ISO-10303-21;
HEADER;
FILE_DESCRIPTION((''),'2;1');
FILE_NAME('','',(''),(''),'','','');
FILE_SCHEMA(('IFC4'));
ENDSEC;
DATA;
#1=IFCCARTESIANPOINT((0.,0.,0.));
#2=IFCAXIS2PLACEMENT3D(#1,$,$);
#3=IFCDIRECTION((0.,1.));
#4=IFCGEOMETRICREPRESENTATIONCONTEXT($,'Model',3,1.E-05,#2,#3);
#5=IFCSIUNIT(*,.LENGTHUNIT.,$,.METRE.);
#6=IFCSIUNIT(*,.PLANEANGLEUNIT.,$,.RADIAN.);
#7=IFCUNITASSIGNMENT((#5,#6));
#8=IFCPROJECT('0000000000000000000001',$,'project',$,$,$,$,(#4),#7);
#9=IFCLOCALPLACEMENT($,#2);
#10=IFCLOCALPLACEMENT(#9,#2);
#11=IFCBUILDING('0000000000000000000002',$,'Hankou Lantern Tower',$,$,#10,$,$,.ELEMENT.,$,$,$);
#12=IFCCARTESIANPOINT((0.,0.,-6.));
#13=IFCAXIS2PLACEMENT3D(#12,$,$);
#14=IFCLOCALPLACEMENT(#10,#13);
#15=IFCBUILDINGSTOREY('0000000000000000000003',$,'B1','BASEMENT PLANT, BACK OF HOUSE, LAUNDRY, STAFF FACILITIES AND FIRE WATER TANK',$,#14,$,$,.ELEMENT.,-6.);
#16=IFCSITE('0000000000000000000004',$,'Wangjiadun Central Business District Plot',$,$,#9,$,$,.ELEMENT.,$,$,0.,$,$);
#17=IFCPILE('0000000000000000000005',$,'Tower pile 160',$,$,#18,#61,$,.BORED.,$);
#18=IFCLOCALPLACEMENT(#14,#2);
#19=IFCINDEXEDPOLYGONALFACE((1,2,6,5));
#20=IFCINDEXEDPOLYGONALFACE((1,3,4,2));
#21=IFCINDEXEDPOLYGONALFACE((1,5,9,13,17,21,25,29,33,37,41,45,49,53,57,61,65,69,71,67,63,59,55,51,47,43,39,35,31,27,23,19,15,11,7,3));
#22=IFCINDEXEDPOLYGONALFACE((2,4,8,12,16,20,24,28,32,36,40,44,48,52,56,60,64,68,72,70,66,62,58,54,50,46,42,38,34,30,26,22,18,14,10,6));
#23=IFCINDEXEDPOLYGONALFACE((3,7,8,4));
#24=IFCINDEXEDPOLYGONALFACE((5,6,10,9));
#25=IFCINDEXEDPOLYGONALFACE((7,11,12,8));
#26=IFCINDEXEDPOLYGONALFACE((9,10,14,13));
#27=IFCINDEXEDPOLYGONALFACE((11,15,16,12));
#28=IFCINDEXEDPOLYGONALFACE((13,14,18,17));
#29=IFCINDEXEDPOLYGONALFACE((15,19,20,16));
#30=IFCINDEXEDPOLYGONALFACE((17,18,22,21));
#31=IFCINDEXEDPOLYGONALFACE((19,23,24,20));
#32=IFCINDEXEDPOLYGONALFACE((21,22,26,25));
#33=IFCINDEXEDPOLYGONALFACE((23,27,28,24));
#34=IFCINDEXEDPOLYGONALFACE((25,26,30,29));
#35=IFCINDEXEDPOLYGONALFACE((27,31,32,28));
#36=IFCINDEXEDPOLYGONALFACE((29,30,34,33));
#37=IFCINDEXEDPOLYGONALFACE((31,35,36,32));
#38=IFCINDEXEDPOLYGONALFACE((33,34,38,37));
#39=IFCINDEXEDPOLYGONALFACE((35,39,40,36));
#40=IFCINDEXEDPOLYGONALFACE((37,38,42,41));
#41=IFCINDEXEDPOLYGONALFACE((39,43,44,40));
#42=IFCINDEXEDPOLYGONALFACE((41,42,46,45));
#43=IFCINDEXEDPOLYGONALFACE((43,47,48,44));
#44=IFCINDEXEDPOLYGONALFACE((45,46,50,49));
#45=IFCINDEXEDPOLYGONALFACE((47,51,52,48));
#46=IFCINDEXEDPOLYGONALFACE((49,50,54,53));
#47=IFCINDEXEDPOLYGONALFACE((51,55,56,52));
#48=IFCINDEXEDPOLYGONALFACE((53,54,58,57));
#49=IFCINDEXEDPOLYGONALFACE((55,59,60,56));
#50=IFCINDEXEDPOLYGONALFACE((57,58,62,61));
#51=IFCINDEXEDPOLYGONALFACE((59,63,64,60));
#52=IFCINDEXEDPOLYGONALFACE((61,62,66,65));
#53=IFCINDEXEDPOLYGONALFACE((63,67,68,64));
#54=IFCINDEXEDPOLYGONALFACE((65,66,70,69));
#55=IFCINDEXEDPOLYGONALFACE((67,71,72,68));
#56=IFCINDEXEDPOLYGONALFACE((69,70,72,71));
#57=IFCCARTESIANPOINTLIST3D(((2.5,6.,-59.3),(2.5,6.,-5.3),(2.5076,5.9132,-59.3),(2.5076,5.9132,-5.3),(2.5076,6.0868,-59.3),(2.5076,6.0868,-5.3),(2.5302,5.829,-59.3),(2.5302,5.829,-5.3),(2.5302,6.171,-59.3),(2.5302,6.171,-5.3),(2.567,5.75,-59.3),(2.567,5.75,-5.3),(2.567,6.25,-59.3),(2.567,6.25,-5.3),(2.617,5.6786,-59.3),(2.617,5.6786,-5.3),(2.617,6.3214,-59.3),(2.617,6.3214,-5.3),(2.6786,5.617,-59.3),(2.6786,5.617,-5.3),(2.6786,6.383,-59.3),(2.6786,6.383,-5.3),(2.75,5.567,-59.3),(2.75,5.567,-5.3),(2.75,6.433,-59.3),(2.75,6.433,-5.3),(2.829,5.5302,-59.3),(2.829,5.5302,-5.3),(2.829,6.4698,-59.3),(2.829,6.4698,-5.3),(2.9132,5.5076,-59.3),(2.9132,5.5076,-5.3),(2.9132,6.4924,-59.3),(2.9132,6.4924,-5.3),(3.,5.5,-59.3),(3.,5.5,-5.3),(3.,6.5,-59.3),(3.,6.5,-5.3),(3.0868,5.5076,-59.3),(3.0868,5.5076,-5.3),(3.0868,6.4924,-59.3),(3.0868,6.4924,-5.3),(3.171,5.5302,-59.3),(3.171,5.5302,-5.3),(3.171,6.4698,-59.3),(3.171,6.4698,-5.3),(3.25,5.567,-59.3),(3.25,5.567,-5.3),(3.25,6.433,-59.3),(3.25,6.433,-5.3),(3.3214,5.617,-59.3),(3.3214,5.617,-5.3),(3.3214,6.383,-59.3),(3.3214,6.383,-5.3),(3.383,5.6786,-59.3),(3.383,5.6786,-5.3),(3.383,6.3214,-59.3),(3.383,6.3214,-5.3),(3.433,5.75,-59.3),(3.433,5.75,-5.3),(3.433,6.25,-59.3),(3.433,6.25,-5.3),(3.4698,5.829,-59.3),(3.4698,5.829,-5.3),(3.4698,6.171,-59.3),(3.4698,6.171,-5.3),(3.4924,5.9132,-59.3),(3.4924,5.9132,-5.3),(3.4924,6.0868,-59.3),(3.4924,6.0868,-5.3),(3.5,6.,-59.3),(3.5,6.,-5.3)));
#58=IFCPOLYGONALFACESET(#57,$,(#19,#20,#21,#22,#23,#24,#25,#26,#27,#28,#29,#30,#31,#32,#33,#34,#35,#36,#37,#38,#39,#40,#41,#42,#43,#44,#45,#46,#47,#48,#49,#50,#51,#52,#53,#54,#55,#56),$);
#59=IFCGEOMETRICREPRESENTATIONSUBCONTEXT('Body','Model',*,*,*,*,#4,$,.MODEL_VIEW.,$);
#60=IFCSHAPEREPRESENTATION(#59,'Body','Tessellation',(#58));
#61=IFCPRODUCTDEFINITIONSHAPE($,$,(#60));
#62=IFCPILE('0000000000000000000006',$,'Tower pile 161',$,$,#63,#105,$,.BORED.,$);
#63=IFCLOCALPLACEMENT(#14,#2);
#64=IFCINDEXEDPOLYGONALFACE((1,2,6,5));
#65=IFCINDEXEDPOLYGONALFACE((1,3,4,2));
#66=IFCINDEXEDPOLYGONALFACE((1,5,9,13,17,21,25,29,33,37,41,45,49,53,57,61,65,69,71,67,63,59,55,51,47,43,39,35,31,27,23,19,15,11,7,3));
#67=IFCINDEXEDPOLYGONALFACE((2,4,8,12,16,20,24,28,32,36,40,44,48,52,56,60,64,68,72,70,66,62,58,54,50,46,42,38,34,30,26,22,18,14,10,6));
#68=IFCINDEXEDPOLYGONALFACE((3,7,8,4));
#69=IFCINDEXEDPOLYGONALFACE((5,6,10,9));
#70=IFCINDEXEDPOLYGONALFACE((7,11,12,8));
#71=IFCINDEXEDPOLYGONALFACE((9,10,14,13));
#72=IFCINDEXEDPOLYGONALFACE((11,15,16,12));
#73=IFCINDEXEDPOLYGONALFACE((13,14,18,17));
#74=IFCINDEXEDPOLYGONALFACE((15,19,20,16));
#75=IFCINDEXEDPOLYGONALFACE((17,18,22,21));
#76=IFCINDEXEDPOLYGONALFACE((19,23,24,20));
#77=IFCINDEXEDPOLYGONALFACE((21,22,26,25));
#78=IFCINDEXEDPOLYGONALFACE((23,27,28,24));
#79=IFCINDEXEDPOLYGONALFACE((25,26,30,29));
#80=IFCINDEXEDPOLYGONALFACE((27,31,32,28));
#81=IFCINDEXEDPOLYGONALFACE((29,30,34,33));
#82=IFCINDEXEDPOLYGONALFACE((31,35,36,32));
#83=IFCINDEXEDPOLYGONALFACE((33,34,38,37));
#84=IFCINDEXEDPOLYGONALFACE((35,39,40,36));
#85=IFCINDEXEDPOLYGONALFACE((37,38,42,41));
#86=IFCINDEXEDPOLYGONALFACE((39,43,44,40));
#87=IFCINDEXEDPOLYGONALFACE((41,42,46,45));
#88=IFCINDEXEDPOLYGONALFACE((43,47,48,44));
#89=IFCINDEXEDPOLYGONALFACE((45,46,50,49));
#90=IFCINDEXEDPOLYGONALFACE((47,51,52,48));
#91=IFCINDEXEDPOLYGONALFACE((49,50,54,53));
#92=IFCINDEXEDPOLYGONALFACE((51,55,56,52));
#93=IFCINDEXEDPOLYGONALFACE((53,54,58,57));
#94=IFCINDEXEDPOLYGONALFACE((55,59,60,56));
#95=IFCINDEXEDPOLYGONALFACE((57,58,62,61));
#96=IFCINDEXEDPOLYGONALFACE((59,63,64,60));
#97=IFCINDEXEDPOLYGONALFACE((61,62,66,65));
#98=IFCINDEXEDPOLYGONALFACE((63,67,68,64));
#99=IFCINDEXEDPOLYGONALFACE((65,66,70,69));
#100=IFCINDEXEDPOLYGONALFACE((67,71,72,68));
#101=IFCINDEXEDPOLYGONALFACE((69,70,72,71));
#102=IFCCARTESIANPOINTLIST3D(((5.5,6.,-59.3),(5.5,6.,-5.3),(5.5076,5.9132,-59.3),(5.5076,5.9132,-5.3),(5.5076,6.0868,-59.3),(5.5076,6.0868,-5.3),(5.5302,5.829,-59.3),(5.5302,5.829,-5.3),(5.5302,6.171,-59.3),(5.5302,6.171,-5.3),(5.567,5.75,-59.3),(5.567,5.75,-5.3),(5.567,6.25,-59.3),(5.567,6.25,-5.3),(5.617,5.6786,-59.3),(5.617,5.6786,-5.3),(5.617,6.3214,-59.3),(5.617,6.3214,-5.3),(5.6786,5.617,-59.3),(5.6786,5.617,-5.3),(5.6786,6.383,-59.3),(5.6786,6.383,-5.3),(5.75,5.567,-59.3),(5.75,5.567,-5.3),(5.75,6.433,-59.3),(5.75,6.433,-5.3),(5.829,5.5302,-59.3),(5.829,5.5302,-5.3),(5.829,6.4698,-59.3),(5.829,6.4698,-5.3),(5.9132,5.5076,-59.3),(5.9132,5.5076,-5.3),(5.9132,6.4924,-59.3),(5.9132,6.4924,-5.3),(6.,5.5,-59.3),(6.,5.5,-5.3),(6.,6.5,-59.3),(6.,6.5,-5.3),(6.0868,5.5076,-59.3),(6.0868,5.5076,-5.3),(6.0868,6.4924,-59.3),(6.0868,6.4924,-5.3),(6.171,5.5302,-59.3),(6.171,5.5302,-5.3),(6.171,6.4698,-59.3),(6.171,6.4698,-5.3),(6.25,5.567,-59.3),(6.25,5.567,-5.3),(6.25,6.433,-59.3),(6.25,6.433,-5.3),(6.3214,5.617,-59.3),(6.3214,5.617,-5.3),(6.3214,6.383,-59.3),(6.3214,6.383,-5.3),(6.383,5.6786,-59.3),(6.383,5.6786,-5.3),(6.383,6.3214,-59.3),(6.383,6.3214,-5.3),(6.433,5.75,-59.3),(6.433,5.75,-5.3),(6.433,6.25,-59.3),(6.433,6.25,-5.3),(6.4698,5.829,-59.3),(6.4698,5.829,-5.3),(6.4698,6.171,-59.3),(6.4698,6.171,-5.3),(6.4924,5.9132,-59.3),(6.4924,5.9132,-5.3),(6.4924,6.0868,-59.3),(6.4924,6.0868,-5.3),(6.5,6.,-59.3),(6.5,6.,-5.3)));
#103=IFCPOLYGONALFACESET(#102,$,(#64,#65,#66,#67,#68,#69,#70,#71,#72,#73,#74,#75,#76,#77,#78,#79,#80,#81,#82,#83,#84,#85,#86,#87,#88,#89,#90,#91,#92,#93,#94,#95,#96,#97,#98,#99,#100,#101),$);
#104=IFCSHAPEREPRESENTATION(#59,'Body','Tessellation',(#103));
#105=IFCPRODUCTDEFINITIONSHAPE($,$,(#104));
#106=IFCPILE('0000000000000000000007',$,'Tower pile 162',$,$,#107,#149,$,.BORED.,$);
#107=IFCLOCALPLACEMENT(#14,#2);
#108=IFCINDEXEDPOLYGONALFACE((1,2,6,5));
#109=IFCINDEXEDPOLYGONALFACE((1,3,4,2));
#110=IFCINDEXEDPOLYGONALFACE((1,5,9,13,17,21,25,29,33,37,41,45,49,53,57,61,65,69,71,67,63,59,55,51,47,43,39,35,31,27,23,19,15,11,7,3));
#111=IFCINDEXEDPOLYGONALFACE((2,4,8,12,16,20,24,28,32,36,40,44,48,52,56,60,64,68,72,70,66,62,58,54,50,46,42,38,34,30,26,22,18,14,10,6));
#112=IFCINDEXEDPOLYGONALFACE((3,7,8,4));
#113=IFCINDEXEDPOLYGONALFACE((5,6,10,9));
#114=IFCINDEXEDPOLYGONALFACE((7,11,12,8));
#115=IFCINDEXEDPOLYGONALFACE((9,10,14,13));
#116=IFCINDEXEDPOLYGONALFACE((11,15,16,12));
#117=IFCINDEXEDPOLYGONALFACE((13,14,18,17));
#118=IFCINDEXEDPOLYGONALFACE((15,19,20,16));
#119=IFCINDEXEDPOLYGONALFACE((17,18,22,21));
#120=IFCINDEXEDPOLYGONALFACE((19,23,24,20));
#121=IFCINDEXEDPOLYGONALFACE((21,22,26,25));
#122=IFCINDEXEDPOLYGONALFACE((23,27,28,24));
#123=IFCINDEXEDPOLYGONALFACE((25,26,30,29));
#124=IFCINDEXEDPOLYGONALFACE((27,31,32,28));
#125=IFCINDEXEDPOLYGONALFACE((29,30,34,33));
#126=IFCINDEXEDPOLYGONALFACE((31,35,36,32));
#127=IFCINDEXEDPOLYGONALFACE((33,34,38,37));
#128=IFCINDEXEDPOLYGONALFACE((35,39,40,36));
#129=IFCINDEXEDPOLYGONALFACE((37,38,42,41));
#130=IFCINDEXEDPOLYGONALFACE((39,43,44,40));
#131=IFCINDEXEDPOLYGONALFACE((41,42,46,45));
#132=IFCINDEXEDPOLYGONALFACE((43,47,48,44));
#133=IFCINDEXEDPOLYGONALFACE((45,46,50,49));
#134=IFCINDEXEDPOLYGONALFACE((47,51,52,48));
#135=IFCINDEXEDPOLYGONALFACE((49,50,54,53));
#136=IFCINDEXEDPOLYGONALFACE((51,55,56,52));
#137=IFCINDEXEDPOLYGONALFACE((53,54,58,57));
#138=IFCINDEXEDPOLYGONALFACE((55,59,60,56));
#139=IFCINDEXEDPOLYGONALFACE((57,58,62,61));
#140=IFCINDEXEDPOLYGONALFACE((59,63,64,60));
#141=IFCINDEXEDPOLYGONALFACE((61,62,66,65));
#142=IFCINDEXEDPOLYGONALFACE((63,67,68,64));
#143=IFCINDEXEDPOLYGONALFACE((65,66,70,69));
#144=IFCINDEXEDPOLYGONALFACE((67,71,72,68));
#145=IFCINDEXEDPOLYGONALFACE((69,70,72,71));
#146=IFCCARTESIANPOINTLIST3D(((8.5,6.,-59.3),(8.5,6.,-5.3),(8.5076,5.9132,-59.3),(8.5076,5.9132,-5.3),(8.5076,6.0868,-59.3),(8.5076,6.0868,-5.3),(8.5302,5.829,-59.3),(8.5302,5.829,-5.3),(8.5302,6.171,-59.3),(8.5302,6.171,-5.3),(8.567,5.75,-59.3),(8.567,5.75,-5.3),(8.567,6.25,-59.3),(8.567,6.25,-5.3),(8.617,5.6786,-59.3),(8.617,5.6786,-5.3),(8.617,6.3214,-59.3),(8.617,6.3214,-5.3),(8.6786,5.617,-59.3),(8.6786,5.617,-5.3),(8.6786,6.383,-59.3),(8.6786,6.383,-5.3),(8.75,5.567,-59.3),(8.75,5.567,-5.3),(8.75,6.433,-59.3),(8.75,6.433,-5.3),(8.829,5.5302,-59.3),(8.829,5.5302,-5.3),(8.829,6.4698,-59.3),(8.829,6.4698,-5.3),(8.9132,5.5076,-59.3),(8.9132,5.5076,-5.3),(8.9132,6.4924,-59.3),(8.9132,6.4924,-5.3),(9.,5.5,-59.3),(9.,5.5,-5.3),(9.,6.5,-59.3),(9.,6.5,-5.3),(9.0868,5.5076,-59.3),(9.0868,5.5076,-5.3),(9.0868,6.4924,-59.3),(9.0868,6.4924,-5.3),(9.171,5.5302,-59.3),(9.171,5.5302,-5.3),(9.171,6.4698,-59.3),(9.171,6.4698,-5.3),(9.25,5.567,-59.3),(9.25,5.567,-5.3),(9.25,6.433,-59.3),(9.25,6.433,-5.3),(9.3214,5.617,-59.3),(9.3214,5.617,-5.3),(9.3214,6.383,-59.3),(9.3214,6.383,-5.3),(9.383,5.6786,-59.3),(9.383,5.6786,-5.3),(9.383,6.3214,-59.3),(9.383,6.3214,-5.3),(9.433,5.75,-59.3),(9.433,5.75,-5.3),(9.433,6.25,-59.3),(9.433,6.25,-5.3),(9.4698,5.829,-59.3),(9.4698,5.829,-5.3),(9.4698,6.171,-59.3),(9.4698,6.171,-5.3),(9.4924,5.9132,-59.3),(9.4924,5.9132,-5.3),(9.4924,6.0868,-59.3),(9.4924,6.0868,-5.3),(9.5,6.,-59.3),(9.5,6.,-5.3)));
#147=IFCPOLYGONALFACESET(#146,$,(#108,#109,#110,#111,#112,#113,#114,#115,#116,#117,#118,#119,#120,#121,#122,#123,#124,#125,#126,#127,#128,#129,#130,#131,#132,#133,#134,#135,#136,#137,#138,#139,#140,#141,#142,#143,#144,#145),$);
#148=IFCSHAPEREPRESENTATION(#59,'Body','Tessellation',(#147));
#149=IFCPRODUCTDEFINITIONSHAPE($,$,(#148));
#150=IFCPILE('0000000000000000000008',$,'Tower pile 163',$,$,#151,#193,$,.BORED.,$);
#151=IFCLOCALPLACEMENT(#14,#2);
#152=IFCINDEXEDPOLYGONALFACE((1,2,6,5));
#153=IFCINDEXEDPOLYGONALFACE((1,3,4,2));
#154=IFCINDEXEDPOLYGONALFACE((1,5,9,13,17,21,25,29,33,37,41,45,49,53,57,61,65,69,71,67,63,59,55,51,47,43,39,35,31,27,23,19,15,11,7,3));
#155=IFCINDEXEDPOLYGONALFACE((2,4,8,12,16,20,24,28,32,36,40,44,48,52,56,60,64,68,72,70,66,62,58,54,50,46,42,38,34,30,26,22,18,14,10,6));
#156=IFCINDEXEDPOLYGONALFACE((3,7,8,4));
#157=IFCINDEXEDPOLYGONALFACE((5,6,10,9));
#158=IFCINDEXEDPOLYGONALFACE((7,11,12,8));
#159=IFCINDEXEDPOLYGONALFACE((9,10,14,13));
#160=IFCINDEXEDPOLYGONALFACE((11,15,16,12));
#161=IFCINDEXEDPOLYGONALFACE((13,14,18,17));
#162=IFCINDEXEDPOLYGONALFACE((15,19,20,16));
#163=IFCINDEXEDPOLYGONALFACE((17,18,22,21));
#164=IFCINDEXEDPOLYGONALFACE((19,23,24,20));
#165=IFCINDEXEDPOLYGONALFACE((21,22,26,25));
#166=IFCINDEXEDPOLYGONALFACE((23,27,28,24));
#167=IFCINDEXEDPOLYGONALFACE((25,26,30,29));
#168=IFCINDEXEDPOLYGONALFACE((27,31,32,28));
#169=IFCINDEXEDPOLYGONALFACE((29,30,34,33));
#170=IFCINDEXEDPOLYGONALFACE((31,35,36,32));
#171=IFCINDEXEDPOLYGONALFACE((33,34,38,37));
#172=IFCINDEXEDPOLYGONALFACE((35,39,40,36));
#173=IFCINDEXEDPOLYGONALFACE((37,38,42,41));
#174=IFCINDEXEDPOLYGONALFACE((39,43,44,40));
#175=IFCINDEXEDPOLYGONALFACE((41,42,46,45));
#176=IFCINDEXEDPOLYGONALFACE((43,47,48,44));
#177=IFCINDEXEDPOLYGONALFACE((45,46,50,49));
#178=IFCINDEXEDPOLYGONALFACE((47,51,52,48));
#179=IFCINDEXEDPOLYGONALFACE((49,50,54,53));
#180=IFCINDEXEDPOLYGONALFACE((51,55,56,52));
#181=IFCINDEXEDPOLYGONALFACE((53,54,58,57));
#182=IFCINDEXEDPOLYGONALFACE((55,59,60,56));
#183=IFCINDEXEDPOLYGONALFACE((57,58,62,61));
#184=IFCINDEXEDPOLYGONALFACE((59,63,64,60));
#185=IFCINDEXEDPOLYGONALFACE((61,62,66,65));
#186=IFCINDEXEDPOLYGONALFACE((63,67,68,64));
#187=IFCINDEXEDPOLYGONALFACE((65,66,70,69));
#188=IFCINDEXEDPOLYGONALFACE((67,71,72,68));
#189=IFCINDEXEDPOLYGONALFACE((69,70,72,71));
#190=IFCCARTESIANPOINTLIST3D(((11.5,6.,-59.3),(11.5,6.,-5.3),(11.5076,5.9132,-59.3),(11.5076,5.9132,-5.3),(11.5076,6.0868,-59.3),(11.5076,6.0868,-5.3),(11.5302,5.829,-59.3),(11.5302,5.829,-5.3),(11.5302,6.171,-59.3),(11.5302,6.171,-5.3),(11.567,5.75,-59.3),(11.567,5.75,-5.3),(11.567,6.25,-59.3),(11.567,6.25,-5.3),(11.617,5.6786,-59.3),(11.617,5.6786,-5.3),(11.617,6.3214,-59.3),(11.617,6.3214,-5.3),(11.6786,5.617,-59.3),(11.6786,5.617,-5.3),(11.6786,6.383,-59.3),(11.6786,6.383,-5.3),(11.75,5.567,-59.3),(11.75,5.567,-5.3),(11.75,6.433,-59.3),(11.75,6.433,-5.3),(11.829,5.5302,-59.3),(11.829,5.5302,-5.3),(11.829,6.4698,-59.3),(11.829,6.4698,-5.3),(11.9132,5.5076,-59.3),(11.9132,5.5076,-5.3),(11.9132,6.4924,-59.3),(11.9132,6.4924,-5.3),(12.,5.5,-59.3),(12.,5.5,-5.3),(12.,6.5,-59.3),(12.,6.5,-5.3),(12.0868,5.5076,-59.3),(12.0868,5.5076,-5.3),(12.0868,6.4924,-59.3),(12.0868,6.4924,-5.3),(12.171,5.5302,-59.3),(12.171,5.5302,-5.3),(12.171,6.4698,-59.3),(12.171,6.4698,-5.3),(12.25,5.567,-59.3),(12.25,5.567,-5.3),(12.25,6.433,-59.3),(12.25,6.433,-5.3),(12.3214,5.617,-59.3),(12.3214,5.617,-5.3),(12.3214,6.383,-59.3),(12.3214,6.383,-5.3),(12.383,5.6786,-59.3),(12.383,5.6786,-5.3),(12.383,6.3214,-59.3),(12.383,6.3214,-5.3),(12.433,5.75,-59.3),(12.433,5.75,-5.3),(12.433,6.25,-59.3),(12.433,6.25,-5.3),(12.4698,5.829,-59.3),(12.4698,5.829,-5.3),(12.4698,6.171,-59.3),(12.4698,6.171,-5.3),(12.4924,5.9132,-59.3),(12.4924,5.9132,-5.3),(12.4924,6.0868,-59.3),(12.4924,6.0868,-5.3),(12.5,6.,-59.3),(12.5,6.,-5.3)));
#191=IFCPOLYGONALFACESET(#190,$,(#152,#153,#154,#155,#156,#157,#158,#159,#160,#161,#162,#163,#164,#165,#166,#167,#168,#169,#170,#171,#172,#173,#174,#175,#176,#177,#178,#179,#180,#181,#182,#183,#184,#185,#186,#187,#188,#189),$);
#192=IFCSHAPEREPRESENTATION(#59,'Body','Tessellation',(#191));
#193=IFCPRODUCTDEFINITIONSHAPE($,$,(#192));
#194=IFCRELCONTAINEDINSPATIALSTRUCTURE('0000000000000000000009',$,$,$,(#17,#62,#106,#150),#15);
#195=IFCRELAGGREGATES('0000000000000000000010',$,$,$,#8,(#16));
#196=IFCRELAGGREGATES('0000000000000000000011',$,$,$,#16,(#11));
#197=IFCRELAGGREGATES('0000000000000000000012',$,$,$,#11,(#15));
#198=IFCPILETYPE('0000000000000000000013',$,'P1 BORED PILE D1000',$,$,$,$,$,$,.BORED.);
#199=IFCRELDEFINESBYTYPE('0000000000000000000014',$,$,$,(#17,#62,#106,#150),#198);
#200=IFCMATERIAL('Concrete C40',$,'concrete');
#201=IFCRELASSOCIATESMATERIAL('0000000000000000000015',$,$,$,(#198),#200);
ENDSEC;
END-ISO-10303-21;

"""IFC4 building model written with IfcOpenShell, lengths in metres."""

from ifc_helpers import new_model, si_unit, direction, frame, origin, origin_2d, place, context, subcontext, project, spatial, circle, extrude, material, material_profile, profile_set, type_object, element, save


model = new_model("IFC4")

# Units and contexts
model_context = context("Model", 3, precision=1e-05, world=origin(), true_north=direction((0.0, 1.0)))
body_context = subcontext(model_context, "Body", "Model", "MODEL_VIEW")
ifc_project = project(units=[si_unit("LENGTHUNIT", "METRE"), si_unit("PLANEANGLEUNIT", "RADIAN")], contexts=[model_context])

# Site, building, storey
site_placement = place(None, origin())
site = spatial("IfcSite", under=ifc_project, at=site_placement, Name="Wangjiadun Central Business District Plot", CompositionType="ELEMENT", RefElevation=0.0)
building_placement = place(site_placement, origin())
building = spatial("IfcBuilding", under=site, at=building_placement, Name="Hankou Lantern Tower", CompositionType="ELEMENT")
storey_placement = place(building_placement, frame((0.0, 0.0, -6.0)))
storey = spatial("IfcBuildingStorey", under=building, at=storey_placement, Name="B1", Description="BASEMENT PLANT, BACK OF HOUSE, LAUNDRY, STAFF FACILITIES AND FIRE WATER TANK", CompositionType="ELEMENT", Elevation=-6.0)

# Piles
ifc_material_1 = material(Name="Concrete C40", Category="concrete")
ifc_material_profile = material_profile(ifc_material_1, circle(Radius=0.5, at=origin_2d()), Name="RC D1000")
ifc_profile_set = profile_set([ifc_material_profile], Name="Concrete C40")
pile_type = type_object("IfcPileType", Name="P1 BORED PILE D1000", PredefinedType="BORED", material=ifc_profile_set)
for number, where, z_axis, x_axis, name in (
    (1, (3.0, 6.0, -5.3), (0.0, 0.0, -1.0), (1.0, 0.0, 0.0), "Tower pile 160"),
    (2, (6.0, 6.0, -5.3), (0.0, 0.0, -1.0), (1.0, 0.0, 0.0), "Tower pile 161"),
    (3, (9.0, 6.0, -5.3), (0.0, 0.0, -1.0), (1.0, 0.0, 0.0), "Tower pile 162"),
    (4, (12.0, 6.0, -5.3), (0.0, 0.0, -1.0), (1.0, 0.0, 0.0), "Tower pile 163"),
):
    element("IfcPile", number, at=place(storey_placement, frame(where, z_axis=z_axis, x_axis=x_axis)), inside=storey, type_object=pile_type, Name=name, PredefinedType="BORED", context=body_context, shape_type="SweptSolid", body=[
        extrude(circle(Radius=0.5, at=origin_2d()), origin(), (0.0, 0.0, 1.0), 54.0),
    ])

save(model, "model.ifc")
